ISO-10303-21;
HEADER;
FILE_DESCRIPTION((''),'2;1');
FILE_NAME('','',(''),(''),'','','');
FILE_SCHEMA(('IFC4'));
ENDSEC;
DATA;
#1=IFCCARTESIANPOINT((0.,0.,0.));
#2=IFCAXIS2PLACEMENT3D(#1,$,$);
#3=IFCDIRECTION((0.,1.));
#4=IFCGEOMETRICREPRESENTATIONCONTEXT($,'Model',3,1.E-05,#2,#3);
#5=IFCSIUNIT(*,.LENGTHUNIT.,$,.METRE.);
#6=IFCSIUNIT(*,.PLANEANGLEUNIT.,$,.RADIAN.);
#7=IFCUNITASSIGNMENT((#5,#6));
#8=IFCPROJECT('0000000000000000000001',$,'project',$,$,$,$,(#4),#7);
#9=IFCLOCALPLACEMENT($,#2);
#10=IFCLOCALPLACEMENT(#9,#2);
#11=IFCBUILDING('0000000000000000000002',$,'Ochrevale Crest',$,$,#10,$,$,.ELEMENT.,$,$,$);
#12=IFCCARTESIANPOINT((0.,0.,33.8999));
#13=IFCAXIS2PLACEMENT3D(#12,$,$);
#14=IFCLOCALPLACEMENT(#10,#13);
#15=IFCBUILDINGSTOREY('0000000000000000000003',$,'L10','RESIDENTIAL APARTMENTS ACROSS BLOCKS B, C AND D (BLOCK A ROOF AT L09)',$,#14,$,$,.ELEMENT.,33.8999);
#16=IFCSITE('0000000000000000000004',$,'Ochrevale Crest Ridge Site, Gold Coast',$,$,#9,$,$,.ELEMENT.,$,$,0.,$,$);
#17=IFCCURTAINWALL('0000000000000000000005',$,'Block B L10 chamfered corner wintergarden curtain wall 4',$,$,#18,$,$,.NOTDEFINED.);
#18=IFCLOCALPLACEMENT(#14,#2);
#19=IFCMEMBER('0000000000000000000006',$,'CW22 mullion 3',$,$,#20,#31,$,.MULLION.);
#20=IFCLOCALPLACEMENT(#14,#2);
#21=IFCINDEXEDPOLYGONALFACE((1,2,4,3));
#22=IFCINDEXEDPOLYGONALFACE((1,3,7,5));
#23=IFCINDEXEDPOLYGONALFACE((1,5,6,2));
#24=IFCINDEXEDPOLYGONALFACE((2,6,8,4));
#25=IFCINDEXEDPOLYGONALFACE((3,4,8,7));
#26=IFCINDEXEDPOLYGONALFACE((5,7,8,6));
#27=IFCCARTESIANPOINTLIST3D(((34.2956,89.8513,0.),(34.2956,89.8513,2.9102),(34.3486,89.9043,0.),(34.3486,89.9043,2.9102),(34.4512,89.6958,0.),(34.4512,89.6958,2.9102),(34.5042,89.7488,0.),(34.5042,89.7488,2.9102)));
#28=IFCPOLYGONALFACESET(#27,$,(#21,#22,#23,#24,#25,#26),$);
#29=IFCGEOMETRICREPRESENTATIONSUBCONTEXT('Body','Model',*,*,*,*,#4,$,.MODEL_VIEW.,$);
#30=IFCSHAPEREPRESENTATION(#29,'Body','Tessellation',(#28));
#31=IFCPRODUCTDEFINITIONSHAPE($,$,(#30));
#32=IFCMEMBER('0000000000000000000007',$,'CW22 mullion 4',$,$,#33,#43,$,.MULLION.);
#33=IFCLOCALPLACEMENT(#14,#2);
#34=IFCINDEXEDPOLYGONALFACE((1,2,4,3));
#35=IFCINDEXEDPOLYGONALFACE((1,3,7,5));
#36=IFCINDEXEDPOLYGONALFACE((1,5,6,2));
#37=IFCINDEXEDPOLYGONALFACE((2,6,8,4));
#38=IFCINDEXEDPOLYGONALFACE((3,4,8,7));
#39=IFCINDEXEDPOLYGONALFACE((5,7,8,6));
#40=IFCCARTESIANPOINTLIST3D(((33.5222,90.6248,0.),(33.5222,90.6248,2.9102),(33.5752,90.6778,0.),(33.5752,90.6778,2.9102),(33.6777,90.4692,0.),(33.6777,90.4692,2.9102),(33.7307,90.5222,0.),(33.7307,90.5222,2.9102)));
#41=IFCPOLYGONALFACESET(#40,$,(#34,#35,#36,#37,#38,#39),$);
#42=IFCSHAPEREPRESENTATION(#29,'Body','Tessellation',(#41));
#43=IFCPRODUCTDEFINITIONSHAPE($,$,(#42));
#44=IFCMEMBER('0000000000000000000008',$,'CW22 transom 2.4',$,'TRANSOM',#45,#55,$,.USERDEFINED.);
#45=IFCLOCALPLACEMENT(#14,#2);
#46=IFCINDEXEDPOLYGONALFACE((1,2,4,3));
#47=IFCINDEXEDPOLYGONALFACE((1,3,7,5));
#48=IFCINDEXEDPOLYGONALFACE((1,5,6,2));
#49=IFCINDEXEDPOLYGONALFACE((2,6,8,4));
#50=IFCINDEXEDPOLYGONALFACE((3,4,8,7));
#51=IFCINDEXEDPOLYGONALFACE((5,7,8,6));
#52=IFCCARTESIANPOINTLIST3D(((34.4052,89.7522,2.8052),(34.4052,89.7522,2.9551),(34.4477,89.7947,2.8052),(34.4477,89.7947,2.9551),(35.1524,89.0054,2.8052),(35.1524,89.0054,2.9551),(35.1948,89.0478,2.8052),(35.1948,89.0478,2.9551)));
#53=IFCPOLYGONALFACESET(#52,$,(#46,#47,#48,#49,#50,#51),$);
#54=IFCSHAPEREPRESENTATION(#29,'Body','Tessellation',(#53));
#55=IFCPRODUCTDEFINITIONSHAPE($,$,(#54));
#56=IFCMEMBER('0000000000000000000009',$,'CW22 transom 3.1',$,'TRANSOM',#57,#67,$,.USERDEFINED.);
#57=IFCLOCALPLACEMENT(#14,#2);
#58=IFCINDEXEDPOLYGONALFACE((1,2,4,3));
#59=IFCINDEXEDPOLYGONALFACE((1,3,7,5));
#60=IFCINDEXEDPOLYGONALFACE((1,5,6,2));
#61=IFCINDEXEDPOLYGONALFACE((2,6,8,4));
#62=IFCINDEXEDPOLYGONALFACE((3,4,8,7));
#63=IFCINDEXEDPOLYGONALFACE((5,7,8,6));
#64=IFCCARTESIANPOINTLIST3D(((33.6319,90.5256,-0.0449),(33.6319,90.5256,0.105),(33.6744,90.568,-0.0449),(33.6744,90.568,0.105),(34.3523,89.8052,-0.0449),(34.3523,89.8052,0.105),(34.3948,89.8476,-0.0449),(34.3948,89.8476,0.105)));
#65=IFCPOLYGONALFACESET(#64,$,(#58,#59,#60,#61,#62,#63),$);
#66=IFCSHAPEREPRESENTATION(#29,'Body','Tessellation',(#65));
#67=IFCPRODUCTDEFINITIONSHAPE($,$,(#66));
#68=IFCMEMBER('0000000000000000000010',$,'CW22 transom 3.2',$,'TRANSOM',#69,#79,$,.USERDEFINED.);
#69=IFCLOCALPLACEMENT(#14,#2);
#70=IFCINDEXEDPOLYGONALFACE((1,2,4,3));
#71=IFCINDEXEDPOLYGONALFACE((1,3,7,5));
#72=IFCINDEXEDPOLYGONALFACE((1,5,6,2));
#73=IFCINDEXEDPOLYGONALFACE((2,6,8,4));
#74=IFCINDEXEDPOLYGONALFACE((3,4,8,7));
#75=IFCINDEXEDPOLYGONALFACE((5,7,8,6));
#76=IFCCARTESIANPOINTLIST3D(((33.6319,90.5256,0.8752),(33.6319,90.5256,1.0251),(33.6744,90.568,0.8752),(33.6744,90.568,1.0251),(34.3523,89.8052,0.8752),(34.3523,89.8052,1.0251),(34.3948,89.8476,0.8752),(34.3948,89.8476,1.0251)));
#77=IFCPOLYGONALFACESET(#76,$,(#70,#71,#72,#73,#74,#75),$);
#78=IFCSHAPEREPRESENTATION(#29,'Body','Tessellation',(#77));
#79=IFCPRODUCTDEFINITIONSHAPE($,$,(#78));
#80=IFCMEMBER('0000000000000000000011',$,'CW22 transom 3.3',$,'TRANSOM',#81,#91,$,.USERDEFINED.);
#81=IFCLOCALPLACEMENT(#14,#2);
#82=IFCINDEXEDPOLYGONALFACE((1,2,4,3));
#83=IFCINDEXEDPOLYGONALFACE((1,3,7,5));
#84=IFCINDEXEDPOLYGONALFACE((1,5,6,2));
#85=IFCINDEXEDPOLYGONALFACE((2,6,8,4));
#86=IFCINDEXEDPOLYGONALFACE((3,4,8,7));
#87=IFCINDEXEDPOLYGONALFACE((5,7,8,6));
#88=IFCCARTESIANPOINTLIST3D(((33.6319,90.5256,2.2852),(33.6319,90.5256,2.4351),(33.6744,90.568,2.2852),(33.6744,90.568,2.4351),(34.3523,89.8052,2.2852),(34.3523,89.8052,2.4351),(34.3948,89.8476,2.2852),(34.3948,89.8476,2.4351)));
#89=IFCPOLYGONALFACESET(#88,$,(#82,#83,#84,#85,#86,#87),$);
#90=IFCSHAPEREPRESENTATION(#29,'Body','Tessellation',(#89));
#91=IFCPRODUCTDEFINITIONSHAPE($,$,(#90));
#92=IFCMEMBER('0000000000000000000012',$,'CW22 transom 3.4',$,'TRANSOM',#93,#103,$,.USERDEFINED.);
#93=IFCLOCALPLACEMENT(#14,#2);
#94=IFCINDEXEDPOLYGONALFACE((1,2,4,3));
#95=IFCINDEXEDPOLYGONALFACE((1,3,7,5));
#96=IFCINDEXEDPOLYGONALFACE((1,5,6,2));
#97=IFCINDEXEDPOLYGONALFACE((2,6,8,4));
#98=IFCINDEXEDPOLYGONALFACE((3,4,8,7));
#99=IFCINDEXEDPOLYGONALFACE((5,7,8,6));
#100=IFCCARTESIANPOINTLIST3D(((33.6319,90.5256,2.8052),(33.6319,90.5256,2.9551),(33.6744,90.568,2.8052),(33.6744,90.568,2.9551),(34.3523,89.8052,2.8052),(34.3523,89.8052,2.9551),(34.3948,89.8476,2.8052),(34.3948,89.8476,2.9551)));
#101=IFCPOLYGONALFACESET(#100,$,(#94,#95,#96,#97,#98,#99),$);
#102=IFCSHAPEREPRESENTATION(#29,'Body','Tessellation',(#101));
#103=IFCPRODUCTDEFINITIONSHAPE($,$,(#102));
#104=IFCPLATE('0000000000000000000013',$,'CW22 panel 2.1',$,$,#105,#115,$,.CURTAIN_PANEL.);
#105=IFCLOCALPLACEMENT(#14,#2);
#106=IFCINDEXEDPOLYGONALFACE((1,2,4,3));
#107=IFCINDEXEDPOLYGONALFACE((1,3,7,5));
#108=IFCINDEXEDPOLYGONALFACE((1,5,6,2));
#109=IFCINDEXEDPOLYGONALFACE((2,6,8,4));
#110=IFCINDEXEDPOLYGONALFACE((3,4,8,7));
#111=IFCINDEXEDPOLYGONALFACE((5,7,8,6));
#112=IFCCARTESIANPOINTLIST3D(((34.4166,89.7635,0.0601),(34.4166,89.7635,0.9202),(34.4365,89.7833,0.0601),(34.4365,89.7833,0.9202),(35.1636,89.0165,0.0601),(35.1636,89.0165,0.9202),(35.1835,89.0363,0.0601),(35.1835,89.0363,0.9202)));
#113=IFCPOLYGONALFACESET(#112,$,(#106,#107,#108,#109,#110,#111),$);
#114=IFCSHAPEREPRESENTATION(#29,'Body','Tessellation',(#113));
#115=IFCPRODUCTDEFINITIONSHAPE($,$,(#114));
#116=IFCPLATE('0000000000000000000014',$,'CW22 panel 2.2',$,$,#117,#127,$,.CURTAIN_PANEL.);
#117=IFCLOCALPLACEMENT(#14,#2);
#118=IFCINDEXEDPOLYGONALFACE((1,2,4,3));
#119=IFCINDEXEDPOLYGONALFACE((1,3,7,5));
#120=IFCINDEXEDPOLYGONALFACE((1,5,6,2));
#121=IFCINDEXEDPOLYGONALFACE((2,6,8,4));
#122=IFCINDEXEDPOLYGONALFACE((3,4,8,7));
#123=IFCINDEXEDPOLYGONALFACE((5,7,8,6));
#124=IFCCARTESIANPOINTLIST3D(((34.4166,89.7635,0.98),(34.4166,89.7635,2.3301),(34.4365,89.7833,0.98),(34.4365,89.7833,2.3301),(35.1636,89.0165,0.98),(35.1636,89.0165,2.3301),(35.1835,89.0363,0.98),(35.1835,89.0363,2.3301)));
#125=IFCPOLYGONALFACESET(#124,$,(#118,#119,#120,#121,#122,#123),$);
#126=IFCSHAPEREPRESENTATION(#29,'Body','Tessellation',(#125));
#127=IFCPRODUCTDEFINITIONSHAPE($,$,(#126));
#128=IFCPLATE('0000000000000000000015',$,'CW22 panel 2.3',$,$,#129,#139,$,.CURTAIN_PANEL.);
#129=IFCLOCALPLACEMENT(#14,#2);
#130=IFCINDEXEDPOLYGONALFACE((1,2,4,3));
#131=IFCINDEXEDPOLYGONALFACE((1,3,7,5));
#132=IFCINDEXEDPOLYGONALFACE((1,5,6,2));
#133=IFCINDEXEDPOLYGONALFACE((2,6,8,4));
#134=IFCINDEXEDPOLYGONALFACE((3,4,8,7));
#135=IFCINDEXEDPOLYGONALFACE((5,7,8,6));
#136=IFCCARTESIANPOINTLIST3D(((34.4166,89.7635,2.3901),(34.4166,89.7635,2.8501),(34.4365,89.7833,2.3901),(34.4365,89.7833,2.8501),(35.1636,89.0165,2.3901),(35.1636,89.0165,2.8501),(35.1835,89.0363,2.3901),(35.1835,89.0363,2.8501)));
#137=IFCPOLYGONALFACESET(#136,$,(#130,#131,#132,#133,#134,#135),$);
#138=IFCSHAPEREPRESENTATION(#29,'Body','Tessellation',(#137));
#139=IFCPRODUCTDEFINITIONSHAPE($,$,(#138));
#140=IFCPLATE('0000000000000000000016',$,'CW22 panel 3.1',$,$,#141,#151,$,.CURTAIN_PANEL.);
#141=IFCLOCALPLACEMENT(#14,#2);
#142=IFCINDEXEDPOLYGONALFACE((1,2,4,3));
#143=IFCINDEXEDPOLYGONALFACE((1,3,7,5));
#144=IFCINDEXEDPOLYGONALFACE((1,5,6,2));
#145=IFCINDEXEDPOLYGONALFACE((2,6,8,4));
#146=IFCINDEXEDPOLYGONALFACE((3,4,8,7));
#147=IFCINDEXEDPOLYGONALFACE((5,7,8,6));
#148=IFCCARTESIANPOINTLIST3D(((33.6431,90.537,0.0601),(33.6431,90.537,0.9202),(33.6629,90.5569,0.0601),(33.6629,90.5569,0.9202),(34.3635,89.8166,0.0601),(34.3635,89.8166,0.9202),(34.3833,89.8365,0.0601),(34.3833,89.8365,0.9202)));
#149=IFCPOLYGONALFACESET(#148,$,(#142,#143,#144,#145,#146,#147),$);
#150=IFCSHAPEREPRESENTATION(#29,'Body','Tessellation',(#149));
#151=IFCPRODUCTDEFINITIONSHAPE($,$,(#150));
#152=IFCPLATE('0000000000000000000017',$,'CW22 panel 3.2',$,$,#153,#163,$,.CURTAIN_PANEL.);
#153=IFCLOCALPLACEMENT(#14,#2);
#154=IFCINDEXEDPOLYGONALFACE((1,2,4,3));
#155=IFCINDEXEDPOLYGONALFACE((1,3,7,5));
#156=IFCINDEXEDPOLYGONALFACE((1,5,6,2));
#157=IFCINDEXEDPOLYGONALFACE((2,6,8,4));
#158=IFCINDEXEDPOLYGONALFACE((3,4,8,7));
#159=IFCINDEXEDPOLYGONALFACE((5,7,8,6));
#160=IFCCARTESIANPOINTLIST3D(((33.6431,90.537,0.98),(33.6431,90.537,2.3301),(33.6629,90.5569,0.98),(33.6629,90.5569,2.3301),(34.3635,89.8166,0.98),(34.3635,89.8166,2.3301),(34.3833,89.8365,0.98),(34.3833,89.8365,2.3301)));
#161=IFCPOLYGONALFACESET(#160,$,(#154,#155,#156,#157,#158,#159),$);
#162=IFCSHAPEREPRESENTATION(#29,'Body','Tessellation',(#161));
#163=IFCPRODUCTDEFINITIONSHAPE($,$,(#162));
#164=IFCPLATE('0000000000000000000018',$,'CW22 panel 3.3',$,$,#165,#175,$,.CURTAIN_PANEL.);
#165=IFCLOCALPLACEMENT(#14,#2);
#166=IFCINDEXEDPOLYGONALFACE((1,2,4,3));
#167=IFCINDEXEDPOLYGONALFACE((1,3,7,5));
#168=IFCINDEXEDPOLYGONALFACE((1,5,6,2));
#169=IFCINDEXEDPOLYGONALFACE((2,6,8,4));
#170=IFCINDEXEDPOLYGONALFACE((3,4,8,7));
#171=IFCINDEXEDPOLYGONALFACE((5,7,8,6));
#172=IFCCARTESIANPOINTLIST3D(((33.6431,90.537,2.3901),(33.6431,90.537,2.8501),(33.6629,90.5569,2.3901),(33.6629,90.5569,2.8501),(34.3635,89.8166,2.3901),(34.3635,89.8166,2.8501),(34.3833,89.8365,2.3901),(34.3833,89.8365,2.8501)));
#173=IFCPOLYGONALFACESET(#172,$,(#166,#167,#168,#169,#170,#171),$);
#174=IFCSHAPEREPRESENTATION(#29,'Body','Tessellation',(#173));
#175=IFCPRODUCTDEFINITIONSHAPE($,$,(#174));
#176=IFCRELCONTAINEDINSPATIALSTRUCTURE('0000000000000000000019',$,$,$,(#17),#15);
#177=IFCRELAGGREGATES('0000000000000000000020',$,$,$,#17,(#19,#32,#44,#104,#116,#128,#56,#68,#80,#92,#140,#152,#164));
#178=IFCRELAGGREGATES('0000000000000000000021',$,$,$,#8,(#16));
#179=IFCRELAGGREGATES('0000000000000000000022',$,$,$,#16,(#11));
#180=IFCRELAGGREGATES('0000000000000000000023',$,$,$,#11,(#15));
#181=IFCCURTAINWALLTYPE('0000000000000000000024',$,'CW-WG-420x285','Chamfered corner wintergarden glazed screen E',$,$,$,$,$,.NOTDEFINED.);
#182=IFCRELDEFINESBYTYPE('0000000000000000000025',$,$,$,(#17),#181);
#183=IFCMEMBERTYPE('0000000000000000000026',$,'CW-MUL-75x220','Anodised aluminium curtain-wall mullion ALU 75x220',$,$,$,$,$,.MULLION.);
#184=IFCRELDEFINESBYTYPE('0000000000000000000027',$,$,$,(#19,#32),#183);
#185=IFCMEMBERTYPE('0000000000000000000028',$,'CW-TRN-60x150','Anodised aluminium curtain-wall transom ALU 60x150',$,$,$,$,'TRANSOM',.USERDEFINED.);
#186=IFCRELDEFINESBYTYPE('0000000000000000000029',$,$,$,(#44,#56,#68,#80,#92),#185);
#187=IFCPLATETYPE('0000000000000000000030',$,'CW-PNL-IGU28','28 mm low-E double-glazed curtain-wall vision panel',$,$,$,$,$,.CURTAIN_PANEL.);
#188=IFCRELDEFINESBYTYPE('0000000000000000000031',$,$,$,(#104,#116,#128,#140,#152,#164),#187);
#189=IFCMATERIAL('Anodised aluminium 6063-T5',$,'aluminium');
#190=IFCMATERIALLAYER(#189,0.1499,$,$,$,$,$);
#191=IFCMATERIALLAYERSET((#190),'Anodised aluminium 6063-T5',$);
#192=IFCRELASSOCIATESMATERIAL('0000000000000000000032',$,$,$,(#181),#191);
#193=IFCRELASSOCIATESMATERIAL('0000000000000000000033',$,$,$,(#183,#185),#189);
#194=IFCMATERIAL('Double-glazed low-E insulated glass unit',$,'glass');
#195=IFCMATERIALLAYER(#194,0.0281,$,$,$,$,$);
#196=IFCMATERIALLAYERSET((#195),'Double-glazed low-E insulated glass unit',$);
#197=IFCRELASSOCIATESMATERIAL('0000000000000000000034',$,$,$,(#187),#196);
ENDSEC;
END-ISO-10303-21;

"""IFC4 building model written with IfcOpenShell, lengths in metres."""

from ifc_helpers import new_model, si_unit, direction, frame, origin, origin_2d, place, context, subcontext, project, spatial, rectangle, extrude, material, layer, layer_set, material_profile, profile_set, type_object, element, aggregate, save


model = new_model("IFC4")

# Units and contexts
model_context = context("Model", 3, precision=1e-05, world=origin(), true_north=direction((0.0, 1.0)))
body_context = subcontext(model_context, "Body", "Model", "MODEL_VIEW")
ifc_project = project(units=[si_unit("LENGTHUNIT", "METRE"), si_unit("PLANEANGLEUNIT", "RADIAN")], contexts=[model_context])

# Site, building, storey
site_placement = place(None, origin())
site = spatial("IfcSite", under=ifc_project, at=site_placement, Name="Ochrevale Crest Ridge Site, Gold Coast", CompositionType="ELEMENT", RefElevation=0.0)
building_placement = place(site_placement, origin())
building = spatial("IfcBuilding", under=site, at=building_placement, Name="Ochrevale Crest", CompositionType="ELEMENT")
storey_placement = place(building_placement, frame((0.0, 0.0, 33.8999)))
storey = spatial("IfcBuildingStorey", under=building, at=storey_placement, Name="L10", Description="RESIDENTIAL APARTMENTS ACROSS BLOCKS B, C AND D (BLOCK A ROOF AT L09)", CompositionType="ELEMENT", Elevation=33.8999)

# Curtain wall, members, plates
ifc_material_1 = material(Name="Anodised aluminium 6063-T5", Category="aluminium")
ifc_layer_1 = layer(ifc_material_1, 0.1499)
ifc_layer_set_1 = layer_set([ifc_layer_1], Name="Anodised aluminium 6063-T5")
curtain_wall_type = type_object("IfcCurtainWallType", Name="CW-WG-420x285", Description="Chamfered corner wintergarden glazed screen E", PredefinedType="NOTDEFINED", material=ifc_layer_set_1)
curtain_wall_placement = place(storey_placement, origin())
curtain_wall = element("IfcCurtainWall", 1, at=curtain_wall_placement, inside=storey, type_object=curtain_wall_type, Name="Block B L10 chamfered corner wintergarden curtain wall 4", PredefinedType="NOTDEFINED")
ifc_material_profile_1 = material_profile(ifc_material_1, rectangle(XDim=0.075, YDim=0.22, at=origin_2d()), Name="ALU 75x220")
ifc_profile_set_1 = profile_set([ifc_material_profile_1], Name="Anodised aluminium 6063-T5")
member_type_1 = type_object("IfcMemberType", Name="CW-MUL-75x220", Description="Anodised aluminium curtain-wall mullion ALU 75x220", PredefinedType="MULLION", material=ifc_profile_set_1)
member_1_placement = place(storey_placement, frame((34.3999, 89.8, 0.0), z_axis=(0.0, 0.0, 1.0), x_axis=(-0.707107, -0.707107, 0.0)))
member_1 = element("IfcMember", 2, at=member_1_placement, type_object=member_type_1, Name="CW22 mullion 3", PredefinedType="MULLION", context=body_context, shape_type="SweptSolid", body=[
    extrude(rectangle(XDim=0.075, YDim=0.22, at=origin_2d()), origin(), (0.0, 0.0, 1.0), 2.9102),
])
member_2_placement = place(storey_placement, frame((33.6265, 90.5735, 0.0), z_axis=(0.0, 0.0, 1.0), x_axis=(-0.707107, -0.707107, 0.0)))
member_2 = element("IfcMember", 3, at=member_2_placement, type_object=member_type_1, Name="CW22 mullion 4", PredefinedType="MULLION", context=body_context, shape_type="SweptSolid", body=[
    extrude(rectangle(XDim=0.075, YDim=0.22, at=origin_2d()), origin(), (0.0, 0.0, 1.0), 2.9102),
])
ifc_material_profile_2 = material_profile(ifc_material_1, rectangle(XDim=0.0601, YDim=0.1499, at=origin_2d()), Name="ALU 60x150")
ifc_profile_set_2 = profile_set([ifc_material_profile_2], Name="Anodised aluminium 6063-T5")
member_type_2 = type_object("IfcMemberType", Name="CW-TRN-60x150", Description="Anodised aluminium curtain-wall transom ALU 60x150", ElementType="TRANSOM", PredefinedType="USERDEFINED", material=ifc_profile_set_2)
member_3_placement = place(storey_placement, frame((35.1736, 89.0266, 2.8801), z_axis=(-0.707222, 0.706991, 0.0), x_axis=(-0.706991, -0.707222, 0.0)))
member_3 = element("IfcMember", 4, at=member_3_placement, type_object=member_type_2, Name="CW22 transom 2.4", ObjectType="TRANSOM", PredefinedType="USERDEFINED", context=body_context, shape_type="SweptSolid", body=[
    extrude(rectangle(XDim=0.0601, YDim=0.1499, at=origin_2d()), origin(), (0.0, 0.0, 1.0), 1.0564),
])
member_4_placement = place(storey_placement, frame((34.3735, 89.8264, 0.03), z_axis=(-0.707107, 0.707107, 0.0), x_axis=(-0.707107, -0.707107, 0.0)))
member_4 = element("IfcMember", 5, at=member_4_placement, type_object=member_type_2, Name="CW22 transom 3.1", ObjectType="TRANSOM", PredefinedType="USERDEFINED", context=body_context, shape_type="SweptSolid", body=[
    extrude(rectangle(XDim=0.0601, YDim=0.1499, at=origin_2d()), origin(), (0.0, 0.0, 1.0), 1.0188),
])
member_5_placement = place(storey_placement, frame((34.3735, 89.8264, 0.9502), z_axis=(-0.707107, 0.707107, 0.0), x_axis=(-0.707107, -0.707107, 0.0)))
member_5 = element("IfcMember", 6, at=member_5_placement, type_object=member_type_2, Name="CW22 transom 3.2", ObjectType="TRANSOM", PredefinedType="USERDEFINED", context=body_context, shape_type="SweptSolid", body=[
    extrude(rectangle(XDim=0.0601, YDim=0.1499, at=origin_2d()), origin(), (0.0, 0.0, 1.0), 1.0188),
])
member_6_placement = place(storey_placement, frame((34.3735, 89.8264, 2.3601), z_axis=(-0.707107, 0.707107, 0.0), x_axis=(-0.707107, -0.707107, 0.0)))
member_6 = element("IfcMember", 7, at=member_6_placement, type_object=member_type_2, Name="CW22 transom 3.3", ObjectType="TRANSOM", PredefinedType="USERDEFINED", context=body_context, shape_type="SweptSolid", body=[
    extrude(rectangle(XDim=0.0601, YDim=0.1499, at=origin_2d()), origin(), (0.0, 0.0, 1.0), 1.0188),
])
member_7_placement = place(storey_placement, frame((34.3735, 89.8264, 2.8801), z_axis=(-0.707107, 0.707107, 0.0), x_axis=(-0.707107, -0.707107, 0.0)))
member_7 = element("IfcMember", 8, at=member_7_placement, type_object=member_type_2, Name="CW22 transom 3.4", ObjectType="TRANSOM", PredefinedType="USERDEFINED", context=body_context, shape_type="SweptSolid", body=[
    extrude(rectangle(XDim=0.0601, YDim=0.1499, at=origin_2d()), origin(), (0.0, 0.0, 1.0), 1.0188),
])
ifc_material_2 = material(Name="Double-glazed low-E insulated glass unit", Category="glass")
ifc_layer_2 = layer(ifc_material_2, 0.0281)
ifc_layer_set_2 = layer_set([ifc_layer_2], Name="Double-glazed low-E insulated glass unit")
plate_type = type_object("IfcPlateType", Name="CW-PNL-IGU28", Description="28 mm low-E double-glazed curtain-wall vision panel", PredefinedType="CURTAIN_PANEL", material=ifc_layer_set_2)
plate_1_placement = place(storey_placement, frame((34.8, 89.3999, 0.0601), z_axis=(0.0, 0.0, 1.0), x_axis=(-0.707107, 0.707107, 0.0)))
plate_1 = element("IfcPlate", 9, at=plate_1_placement, type_object=plate_type, Name="CW22 panel 2.1", PredefinedType="CURTAIN_PANEL", context=body_context, shape_type="SweptSolid", body=[
    extrude(rectangle(XDim=1.0564, YDim=0.0281, at=origin_2d()), origin(), (0.0, 0.0, 1.0), 0.8601),
])
plate_2_placement = place(storey_placement, frame((34.8, 89.3999, 0.98), z_axis=(0.0, 0.0, 1.0), x_axis=(-0.707107, 0.707107, 0.0)))
plate_2 = element("IfcPlate", 10, at=plate_2_placement, type_object=plate_type, Name="CW22 panel 2.2", PredefinedType="CURTAIN_PANEL", context=body_context, shape_type="SweptSolid", body=[
    extrude(rectangle(XDim=1.0564, YDim=0.0281, at=origin_2d()), origin(), (0.0, 0.0, 1.0), 1.3501),
])
plate_3_placement = place(storey_placement, frame((34.8, 89.3999, 2.3901), z_axis=(0.0, 0.0, 1.0), x_axis=(-0.707107, 0.707107, 0.0)))
plate_3 = element("IfcPlate", 11, at=plate_3_placement, type_object=plate_type, Name="CW22 panel 2.3", PredefinedType="CURTAIN_PANEL", context=body_context, shape_type="SweptSolid", body=[
    extrude(rectangle(XDim=1.0564, YDim=0.0281, at=origin_2d()), origin(), (0.0, 0.0, 1.0), 0.46),
])
plate_4_placement = place(storey_placement, frame((34.0132, 90.1868, 0.0601), z_axis=(0.0, 0.0, 1.0), x_axis=(-0.707107, 0.707107, 0.0)))
plate_4 = element("IfcPlate", 12, at=plate_4_placement, type_object=plate_type, Name="CW22 panel 3.1", PredefinedType="CURTAIN_PANEL", context=body_context, shape_type="SweptSolid", body=[
    extrude(rectangle(XDim=1.0188, YDim=0.0281, at=origin_2d()), origin(), (0.0, 0.0, 1.0), 0.8601),
])
plate_5_placement = place(storey_placement, frame((34.0132, 90.1868, 0.98), z_axis=(0.0, 0.0, 1.0), x_axis=(-0.707107, 0.707107, 0.0)))
plate_5 = element("IfcPlate", 13, at=plate_5_placement, type_object=plate_type, Name="CW22 panel 3.2", PredefinedType="CURTAIN_PANEL", context=body_context, shape_type="SweptSolid", body=[
    extrude(rectangle(XDim=1.0188, YDim=0.0281, at=origin_2d()), origin(), (0.0, 0.0, 1.0), 1.3501),
])
plate_6_placement = place(storey_placement, frame((34.0132, 90.1868, 2.3901), z_axis=(0.0, 0.0, 1.0), x_axis=(-0.707107, 0.707107, 0.0)))
plate_6 = element("IfcPlate", 14, at=plate_6_placement, type_object=plate_type, Name="CW22 panel 3.3", PredefinedType="CURTAIN_PANEL", context=body_context, shape_type="SweptSolid", body=[
    extrude(rectangle(XDim=1.0188, YDim=0.0281, at=origin_2d()), origin(), (0.0, 0.0, 1.0), 0.46),
])
aggregate(curtain_wall, [member_1, member_2, member_3, plate_1, plate_2, plate_3, member_4, member_5, member_6, member_7, plate_4, plate_5, plate_6])

save(model, "model.ifc")
